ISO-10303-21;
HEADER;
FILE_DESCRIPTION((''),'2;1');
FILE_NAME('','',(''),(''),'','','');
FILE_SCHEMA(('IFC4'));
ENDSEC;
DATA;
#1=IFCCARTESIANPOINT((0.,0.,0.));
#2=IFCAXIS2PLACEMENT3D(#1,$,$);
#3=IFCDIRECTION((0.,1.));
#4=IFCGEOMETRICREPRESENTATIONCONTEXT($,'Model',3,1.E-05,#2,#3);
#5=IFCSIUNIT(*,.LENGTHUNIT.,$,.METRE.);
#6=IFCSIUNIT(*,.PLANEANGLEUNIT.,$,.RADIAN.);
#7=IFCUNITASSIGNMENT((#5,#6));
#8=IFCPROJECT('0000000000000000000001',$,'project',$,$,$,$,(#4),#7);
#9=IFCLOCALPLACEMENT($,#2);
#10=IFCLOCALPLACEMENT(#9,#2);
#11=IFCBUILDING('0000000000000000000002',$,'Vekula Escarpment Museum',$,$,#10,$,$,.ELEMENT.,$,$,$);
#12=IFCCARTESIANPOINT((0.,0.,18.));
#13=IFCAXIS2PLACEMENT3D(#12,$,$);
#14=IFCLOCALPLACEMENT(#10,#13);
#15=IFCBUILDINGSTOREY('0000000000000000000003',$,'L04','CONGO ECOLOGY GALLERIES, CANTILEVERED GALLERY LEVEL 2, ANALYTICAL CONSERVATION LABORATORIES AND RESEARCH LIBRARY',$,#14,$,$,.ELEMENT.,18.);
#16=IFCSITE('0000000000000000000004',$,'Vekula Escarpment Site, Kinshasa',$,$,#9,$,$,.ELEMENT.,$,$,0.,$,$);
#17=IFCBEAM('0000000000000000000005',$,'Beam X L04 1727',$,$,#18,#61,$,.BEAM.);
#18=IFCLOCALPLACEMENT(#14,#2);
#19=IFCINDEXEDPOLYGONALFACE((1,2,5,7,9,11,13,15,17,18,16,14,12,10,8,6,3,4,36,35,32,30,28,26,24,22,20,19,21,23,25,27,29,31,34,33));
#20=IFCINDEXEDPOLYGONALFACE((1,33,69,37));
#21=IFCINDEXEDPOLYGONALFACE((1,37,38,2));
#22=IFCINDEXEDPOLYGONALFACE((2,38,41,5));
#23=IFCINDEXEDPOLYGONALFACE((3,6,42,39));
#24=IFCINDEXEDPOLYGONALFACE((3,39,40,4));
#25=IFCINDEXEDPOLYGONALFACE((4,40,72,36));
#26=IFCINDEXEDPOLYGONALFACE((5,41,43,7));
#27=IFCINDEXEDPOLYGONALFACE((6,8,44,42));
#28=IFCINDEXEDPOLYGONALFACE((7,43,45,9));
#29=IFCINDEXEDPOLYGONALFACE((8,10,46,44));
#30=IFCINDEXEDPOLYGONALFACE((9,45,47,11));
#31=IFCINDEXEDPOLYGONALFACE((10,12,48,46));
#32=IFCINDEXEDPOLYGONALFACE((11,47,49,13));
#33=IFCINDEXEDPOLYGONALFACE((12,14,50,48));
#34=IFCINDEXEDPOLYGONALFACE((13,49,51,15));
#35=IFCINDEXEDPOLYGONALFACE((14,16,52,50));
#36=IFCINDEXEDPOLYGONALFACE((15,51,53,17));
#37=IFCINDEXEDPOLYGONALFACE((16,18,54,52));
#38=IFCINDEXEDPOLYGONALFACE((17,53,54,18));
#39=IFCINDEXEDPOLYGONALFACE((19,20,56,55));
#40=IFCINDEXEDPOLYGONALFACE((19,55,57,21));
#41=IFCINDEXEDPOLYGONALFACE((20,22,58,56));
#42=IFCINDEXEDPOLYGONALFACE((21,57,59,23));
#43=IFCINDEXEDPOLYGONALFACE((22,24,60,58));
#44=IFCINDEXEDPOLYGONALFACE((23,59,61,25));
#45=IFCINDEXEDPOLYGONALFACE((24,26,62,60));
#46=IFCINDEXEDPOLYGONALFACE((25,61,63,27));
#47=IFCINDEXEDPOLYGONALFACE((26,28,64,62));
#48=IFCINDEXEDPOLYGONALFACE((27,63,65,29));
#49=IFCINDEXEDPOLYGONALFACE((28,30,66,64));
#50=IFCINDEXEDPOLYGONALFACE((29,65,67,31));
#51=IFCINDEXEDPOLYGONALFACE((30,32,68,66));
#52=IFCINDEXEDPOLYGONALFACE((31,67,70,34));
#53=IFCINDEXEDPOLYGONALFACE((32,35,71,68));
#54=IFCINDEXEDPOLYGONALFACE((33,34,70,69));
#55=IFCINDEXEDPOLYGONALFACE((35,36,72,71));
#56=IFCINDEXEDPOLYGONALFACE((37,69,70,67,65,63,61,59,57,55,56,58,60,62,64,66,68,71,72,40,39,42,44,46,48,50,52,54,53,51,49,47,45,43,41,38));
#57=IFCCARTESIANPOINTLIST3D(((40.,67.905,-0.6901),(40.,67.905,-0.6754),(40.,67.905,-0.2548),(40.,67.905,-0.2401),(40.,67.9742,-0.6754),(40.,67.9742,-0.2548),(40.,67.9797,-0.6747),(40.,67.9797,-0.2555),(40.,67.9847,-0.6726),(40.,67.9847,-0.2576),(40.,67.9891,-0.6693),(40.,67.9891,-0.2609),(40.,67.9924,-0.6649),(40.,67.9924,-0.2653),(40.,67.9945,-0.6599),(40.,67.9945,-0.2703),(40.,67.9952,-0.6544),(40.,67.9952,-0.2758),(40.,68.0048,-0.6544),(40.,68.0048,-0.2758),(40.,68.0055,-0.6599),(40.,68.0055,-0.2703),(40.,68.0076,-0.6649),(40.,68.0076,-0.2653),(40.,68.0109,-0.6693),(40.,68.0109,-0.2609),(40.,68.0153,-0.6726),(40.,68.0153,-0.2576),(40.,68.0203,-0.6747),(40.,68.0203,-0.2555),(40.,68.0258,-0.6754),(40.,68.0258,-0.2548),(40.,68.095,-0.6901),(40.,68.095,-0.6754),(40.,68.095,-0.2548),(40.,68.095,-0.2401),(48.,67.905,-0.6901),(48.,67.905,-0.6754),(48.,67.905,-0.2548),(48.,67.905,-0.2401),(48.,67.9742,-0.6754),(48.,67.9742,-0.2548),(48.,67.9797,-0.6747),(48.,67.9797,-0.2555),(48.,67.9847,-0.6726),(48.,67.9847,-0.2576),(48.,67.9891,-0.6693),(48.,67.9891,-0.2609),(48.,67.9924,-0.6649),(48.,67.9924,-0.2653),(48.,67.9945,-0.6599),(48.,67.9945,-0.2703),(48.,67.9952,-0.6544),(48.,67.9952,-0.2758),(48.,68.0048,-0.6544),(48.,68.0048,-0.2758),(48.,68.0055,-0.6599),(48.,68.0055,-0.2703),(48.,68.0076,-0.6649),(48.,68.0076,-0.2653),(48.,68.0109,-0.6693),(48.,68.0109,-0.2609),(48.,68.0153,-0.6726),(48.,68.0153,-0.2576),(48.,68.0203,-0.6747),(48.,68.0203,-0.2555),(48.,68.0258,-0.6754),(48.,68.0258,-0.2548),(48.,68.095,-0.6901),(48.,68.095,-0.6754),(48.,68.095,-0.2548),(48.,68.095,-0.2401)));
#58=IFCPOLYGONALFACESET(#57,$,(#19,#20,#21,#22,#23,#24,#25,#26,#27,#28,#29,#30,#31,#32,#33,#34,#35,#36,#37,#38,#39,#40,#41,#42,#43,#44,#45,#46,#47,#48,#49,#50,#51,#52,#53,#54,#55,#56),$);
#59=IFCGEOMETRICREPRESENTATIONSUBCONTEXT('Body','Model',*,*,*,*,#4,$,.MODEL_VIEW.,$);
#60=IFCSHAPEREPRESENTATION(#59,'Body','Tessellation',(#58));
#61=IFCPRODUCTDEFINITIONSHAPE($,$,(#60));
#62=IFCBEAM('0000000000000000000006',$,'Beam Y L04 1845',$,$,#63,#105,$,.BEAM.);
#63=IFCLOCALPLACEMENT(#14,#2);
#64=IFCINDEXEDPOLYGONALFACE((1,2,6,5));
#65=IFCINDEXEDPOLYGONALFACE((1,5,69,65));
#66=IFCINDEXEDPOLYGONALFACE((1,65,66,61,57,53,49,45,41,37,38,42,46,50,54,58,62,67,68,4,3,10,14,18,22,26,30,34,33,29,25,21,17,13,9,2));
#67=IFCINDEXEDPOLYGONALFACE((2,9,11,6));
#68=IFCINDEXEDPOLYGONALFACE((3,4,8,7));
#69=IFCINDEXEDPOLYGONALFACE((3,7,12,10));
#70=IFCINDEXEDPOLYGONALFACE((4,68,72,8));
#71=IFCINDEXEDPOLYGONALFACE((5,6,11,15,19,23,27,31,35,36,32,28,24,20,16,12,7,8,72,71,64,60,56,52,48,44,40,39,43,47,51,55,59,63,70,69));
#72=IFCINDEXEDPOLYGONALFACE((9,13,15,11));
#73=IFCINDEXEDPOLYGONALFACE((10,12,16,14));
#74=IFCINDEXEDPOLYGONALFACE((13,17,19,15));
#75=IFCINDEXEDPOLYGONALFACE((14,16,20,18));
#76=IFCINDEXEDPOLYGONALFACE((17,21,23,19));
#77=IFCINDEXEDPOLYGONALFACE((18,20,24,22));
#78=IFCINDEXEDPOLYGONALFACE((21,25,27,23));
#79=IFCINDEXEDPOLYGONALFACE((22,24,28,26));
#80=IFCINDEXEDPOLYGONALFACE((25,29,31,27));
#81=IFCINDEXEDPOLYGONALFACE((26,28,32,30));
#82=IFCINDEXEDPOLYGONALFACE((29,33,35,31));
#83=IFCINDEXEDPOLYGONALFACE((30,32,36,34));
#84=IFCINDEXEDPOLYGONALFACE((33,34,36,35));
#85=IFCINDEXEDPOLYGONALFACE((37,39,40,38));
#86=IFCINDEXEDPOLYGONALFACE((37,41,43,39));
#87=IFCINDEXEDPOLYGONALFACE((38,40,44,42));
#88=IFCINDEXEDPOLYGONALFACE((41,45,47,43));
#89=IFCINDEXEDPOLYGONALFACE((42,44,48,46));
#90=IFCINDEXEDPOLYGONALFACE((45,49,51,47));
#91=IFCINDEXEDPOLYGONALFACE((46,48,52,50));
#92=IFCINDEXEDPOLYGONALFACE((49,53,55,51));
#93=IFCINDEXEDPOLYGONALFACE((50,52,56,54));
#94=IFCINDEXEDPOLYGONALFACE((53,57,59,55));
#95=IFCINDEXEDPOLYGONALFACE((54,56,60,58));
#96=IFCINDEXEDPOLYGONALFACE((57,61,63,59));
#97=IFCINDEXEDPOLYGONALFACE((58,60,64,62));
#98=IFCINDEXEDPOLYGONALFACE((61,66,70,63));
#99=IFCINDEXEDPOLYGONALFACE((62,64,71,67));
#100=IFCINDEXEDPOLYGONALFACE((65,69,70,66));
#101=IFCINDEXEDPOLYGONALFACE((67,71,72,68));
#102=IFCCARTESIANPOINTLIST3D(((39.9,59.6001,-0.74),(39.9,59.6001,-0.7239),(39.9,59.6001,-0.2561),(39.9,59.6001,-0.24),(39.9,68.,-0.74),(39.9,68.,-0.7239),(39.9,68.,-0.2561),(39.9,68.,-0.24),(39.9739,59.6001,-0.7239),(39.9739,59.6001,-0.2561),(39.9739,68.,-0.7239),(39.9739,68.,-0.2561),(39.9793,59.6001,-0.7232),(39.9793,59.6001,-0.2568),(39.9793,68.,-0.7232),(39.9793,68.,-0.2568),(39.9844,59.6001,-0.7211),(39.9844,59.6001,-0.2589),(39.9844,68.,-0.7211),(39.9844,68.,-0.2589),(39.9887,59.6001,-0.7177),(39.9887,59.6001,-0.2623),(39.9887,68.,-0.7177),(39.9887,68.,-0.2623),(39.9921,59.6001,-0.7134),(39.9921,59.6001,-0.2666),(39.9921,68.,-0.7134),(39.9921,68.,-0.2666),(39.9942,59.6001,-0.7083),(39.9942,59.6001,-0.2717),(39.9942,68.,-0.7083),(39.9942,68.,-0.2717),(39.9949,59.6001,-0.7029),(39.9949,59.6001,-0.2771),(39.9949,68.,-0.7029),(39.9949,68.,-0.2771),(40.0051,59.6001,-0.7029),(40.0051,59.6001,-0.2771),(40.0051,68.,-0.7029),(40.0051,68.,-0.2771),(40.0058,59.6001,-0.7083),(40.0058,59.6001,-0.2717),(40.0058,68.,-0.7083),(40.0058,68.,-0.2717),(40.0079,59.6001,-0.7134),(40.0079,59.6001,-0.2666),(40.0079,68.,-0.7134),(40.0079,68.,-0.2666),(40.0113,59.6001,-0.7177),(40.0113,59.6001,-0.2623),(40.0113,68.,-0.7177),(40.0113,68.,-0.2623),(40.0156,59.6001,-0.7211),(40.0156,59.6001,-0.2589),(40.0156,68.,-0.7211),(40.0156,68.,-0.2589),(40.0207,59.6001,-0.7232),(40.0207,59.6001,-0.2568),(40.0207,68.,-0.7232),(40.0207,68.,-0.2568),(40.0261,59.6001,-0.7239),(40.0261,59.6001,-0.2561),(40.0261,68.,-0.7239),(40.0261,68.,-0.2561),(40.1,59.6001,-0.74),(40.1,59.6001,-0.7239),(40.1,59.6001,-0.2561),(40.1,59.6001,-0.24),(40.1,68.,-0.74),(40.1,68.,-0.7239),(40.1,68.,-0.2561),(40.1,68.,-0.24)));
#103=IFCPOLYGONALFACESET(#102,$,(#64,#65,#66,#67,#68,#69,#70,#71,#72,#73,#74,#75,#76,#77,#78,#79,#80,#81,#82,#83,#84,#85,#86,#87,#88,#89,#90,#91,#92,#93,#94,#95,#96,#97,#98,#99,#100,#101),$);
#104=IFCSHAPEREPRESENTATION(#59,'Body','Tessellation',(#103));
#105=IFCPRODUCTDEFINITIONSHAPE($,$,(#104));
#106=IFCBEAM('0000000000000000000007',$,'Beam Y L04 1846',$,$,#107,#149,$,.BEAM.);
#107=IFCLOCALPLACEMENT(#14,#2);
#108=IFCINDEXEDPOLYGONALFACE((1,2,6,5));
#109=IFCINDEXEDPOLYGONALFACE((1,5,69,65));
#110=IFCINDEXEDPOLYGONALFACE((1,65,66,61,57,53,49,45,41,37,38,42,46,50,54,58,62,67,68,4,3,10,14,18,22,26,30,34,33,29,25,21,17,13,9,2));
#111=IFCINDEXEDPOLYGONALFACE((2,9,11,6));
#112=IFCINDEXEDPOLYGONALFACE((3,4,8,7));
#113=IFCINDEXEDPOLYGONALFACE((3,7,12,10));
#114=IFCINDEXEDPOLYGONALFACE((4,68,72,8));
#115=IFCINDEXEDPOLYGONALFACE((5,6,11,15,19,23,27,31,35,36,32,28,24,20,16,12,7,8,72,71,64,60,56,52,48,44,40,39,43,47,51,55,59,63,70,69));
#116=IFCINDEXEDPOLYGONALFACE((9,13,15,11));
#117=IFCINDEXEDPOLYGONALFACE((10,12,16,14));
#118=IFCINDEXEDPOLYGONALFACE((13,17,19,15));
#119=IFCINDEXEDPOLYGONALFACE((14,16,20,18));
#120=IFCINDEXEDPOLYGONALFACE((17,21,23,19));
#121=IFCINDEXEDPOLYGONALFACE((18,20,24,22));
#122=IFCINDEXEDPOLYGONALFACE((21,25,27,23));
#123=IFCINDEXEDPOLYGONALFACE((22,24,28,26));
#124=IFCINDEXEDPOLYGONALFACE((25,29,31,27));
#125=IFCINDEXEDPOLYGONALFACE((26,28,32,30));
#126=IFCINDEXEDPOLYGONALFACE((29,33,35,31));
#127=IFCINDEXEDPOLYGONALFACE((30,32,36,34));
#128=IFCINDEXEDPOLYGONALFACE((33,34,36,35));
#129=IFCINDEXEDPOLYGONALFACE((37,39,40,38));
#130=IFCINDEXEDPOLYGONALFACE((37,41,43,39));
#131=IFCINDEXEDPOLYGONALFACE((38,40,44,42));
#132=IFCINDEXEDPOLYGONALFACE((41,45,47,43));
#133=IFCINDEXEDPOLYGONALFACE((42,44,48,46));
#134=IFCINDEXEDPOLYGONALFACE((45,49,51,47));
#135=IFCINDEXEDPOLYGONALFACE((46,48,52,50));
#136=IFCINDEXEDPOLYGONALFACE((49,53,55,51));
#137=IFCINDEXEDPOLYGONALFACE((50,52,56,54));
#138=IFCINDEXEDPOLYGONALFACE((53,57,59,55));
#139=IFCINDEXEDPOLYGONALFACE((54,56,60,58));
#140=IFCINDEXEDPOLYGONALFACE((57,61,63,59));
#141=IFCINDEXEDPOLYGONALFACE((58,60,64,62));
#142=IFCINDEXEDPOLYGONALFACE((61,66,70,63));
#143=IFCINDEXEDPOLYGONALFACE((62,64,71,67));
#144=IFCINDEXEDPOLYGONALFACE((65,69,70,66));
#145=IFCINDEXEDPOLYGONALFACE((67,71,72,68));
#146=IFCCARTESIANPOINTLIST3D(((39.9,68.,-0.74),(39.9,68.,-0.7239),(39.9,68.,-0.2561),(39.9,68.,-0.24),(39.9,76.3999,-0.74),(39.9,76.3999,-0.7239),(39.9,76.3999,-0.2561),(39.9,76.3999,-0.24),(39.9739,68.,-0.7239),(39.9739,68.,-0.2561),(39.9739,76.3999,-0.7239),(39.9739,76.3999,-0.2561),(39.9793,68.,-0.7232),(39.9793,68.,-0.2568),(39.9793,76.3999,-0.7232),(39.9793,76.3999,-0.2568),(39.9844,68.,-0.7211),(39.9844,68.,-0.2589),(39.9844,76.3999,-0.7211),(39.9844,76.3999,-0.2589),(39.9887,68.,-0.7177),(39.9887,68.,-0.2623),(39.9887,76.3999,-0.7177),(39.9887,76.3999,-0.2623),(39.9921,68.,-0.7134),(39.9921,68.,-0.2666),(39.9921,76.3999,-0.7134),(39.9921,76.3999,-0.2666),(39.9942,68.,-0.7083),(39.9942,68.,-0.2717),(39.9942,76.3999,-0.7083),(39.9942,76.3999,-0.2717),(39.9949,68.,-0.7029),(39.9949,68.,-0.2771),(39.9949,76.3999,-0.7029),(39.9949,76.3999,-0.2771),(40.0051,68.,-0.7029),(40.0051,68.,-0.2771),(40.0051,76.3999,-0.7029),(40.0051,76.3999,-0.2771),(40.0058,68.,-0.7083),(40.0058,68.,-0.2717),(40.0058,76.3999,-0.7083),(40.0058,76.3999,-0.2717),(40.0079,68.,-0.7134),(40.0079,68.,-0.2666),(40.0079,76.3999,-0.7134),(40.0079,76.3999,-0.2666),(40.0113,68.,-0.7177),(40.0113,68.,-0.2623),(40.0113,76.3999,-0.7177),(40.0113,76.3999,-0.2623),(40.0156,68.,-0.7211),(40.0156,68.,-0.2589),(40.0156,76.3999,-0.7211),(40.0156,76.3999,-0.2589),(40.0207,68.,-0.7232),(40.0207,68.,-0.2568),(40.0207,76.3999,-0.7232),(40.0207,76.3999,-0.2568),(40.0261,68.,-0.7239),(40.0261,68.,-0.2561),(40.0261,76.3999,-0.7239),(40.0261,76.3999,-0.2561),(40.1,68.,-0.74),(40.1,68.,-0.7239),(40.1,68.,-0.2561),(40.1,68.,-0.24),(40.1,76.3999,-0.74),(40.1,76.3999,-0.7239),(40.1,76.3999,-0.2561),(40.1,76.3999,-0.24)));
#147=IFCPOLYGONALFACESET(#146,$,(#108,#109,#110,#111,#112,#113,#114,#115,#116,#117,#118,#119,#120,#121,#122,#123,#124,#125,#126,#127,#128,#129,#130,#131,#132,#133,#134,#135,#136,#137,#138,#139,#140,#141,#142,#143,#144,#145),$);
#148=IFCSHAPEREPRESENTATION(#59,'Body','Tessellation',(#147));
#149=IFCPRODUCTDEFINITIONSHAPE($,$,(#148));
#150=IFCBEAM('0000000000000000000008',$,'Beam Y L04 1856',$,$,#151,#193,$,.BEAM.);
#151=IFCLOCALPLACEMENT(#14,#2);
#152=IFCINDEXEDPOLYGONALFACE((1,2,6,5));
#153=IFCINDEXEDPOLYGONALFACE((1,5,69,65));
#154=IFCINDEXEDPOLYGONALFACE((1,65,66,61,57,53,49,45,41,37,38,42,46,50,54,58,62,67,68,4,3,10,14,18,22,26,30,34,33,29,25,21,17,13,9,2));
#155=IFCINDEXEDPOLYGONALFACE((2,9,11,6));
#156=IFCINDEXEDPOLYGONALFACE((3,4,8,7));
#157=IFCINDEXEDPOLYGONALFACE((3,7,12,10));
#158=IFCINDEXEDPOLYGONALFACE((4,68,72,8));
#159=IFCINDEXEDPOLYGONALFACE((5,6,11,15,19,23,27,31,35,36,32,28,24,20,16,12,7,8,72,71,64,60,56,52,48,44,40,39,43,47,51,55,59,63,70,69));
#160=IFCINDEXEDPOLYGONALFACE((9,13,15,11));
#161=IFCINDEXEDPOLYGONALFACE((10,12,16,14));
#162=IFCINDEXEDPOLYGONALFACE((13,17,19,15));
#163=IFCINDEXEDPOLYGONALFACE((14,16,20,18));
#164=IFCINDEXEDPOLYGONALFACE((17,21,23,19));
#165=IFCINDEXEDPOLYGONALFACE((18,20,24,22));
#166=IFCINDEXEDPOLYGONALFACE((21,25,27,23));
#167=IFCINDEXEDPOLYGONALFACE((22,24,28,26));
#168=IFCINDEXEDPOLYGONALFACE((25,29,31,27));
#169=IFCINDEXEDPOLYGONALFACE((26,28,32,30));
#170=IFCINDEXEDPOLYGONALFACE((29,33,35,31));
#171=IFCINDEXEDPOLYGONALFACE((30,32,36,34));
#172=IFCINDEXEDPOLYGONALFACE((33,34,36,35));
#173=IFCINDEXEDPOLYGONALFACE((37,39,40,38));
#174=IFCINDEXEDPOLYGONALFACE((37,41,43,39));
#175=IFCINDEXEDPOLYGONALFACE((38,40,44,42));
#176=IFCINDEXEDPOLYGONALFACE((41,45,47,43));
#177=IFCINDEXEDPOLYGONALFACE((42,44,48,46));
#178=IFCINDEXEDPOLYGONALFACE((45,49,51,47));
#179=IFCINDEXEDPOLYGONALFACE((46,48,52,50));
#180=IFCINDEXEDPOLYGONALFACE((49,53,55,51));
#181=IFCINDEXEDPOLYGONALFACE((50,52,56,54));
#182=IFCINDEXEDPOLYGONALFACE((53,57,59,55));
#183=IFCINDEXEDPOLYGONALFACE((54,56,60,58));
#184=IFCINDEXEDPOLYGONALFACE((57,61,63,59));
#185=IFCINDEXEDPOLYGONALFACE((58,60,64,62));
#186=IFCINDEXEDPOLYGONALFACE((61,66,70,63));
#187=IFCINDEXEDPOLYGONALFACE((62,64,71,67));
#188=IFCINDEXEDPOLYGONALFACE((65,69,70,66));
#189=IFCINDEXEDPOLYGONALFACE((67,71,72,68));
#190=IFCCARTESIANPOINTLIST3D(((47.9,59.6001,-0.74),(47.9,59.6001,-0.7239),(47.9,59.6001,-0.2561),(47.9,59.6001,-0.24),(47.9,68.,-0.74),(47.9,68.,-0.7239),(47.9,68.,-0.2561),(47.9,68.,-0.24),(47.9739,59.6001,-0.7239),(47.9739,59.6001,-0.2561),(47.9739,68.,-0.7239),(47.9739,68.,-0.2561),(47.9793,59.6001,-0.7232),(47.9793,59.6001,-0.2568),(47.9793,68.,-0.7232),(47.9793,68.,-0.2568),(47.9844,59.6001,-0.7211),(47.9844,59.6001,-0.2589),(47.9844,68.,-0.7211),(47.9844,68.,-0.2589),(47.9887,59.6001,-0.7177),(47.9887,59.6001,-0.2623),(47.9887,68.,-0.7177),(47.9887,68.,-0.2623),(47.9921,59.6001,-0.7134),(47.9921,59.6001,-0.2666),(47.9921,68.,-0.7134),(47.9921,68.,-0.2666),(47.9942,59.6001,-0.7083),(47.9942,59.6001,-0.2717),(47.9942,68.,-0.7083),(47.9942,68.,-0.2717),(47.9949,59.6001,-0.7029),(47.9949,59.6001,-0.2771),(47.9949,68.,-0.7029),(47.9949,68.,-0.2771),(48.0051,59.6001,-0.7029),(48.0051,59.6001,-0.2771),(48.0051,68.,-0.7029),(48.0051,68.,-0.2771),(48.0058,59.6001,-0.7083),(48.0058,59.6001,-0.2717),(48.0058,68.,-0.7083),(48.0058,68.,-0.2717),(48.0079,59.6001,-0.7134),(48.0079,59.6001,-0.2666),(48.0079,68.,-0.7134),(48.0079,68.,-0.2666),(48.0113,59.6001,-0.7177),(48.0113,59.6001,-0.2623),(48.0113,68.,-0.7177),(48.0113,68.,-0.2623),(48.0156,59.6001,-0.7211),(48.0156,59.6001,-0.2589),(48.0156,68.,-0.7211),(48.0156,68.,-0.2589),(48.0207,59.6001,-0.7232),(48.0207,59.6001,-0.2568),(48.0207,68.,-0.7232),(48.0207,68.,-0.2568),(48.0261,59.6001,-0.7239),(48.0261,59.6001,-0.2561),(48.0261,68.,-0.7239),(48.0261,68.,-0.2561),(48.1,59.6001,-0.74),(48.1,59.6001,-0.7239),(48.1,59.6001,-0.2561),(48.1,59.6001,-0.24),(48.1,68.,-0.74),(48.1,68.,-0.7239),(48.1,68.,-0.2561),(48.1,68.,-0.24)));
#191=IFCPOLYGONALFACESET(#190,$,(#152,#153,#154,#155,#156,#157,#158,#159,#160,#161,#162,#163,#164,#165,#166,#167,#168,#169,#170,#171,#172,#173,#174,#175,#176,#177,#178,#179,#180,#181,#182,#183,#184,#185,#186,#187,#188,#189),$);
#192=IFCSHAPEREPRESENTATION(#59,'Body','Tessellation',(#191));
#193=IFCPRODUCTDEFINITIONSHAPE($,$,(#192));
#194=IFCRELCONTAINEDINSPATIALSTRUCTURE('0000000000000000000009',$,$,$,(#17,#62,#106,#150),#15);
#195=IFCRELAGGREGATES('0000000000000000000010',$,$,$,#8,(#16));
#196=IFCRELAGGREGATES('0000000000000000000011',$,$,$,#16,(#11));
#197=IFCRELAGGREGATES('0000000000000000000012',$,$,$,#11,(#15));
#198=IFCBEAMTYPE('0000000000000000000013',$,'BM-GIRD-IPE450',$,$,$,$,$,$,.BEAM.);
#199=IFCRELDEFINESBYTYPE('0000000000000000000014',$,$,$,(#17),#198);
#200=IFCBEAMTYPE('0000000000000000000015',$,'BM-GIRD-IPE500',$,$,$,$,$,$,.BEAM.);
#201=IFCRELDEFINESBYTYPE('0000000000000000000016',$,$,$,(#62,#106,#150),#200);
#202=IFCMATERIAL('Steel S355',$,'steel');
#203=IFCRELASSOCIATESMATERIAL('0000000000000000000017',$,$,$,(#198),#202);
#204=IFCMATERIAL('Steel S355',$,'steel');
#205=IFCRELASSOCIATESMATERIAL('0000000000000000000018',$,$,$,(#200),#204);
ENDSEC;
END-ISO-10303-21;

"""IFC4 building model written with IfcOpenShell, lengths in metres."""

from ifc_helpers import new_model, si_unit, direction, frame, origin, origin_2d, place, context, subcontext, project, spatial, i_section, extrude, material, material_profile, profile_set, type_object, element, save


model = new_model("IFC4")

# Units and contexts
model_context = context("Model", 3, precision=1e-05, world=origin(), true_north=direction((0.0, 1.0)))
body_context = subcontext(model_context, "Body", "Model", "MODEL_VIEW")
ifc_project = project(units=[si_unit("LENGTHUNIT", "METRE"), si_unit("PLANEANGLEUNIT", "RADIAN")], contexts=[model_context])

# Site, building, storey
site_placement = place(None, origin())
site = spatial("IfcSite", under=ifc_project, at=site_placement, Name="Vekula Escarpment Site, Kinshasa", CompositionType="ELEMENT", RefElevation=0.0)
building_placement = place(site_placement, origin())
building = spatial("IfcBuilding", under=site, at=building_placement, Name="Vekula Escarpment Museum", CompositionType="ELEMENT")
storey_placement = place(building_placement, frame((0.0, 0.0, 18.0)))
storey = spatial("IfcBuildingStorey", under=building, at=storey_placement, Name="L04", Description="CONGO ECOLOGY GALLERIES, CANTILEVERED GALLERY LEVEL 2, ANALYTICAL CONSERVATION LABORATORIES AND RESEARCH LIBRARY", CompositionType="ELEMENT", Elevation=18.0)

# Beams
ifc_material_1 = material(Name="Steel S355", Category="steel")
ifc_material_profile_1 = material_profile(ifc_material_1, i_section(OverallWidth=0.1899, OverallDepth=0.45, WebThickness=0.0095, FlangeThickness=0.0146, FilletRadius=0.021, at=origin_2d()), Name="IPE 450")
ifc_profile_set_1 = profile_set([ifc_material_profile_1], Name="Steel S355")
beam_type_1 = type_object("IfcBeamType", Name="BM-GIRD-IPE450", PredefinedType="BEAM", material=ifc_profile_set_1)
beam_1_placement = place(storey_placement, frame((40.0, 68.0, -0.4651), z_axis=(1.0, 0.0, 0.0), x_axis=(0.0, 1.0, 0.0)))
element("IfcBeam", 1, at=beam_1_placement, inside=storey, type_object=beam_type_1, Name="Beam X L04 1727", PredefinedType="BEAM", context=body_context, shape_type="SweptSolid", body=[
    extrude(i_section(OverallWidth=0.1899, OverallDepth=0.45, WebThickness=0.0095, FlangeThickness=0.0146, FilletRadius=0.021, at=origin_2d()), origin(), (0.0, 0.0, 1.0), 8.0),
])
ifc_material_2 = material(Name="Steel S355", Category="steel")
ifc_material_profile_2 = material_profile(ifc_material_2, i_section(OverallWidth=0.2, OverallDepth=0.5, WebThickness=0.0103, FlangeThickness=0.0161, FilletRadius=0.021, at=origin_2d()), Name="IPE 500")
ifc_profile_set_2 = profile_set([ifc_material_profile_2], Name="Steel S355")
beam_type_2 = type_object("IfcBeamType", Name="BM-GIRD-IPE500", PredefinedType="BEAM", material=ifc_profile_set_2)
for number, where, z_axis, x_axis, name in (
    (2, (40.0, 59.6001, -0.49), (0.0, 1.0, 0.0), (-1.0, 0.0, 0.0), "Beam Y L04 1845"),
    (3, (40.0, 68.0, -0.49), (0.0, 1.0, 0.0), (-1.0, 0.0, 0.0), "Beam Y L04 1846"),
    (4, (48.0, 59.6001, -0.49), (0.0, 1.0, 0.0), (-1.0, 0.0, 0.0), "Beam Y L04 1856"),
):
    element("IfcBeam", number, at=place(storey_placement, frame(where, z_axis=z_axis, x_axis=x_axis)), inside=storey, type_object=beam_type_2, Name=name, PredefinedType="BEAM", context=body_context, shape_type="SweptSolid", body=[
        extrude(i_section(OverallWidth=0.2, OverallDepth=0.5, WebThickness=0.0103, FlangeThickness=0.0161, FilletRadius=0.021, at=origin_2d()), origin(), (0.0, 0.0, 1.0), 8.3999),
    ])

save(model, "model.ifc")
